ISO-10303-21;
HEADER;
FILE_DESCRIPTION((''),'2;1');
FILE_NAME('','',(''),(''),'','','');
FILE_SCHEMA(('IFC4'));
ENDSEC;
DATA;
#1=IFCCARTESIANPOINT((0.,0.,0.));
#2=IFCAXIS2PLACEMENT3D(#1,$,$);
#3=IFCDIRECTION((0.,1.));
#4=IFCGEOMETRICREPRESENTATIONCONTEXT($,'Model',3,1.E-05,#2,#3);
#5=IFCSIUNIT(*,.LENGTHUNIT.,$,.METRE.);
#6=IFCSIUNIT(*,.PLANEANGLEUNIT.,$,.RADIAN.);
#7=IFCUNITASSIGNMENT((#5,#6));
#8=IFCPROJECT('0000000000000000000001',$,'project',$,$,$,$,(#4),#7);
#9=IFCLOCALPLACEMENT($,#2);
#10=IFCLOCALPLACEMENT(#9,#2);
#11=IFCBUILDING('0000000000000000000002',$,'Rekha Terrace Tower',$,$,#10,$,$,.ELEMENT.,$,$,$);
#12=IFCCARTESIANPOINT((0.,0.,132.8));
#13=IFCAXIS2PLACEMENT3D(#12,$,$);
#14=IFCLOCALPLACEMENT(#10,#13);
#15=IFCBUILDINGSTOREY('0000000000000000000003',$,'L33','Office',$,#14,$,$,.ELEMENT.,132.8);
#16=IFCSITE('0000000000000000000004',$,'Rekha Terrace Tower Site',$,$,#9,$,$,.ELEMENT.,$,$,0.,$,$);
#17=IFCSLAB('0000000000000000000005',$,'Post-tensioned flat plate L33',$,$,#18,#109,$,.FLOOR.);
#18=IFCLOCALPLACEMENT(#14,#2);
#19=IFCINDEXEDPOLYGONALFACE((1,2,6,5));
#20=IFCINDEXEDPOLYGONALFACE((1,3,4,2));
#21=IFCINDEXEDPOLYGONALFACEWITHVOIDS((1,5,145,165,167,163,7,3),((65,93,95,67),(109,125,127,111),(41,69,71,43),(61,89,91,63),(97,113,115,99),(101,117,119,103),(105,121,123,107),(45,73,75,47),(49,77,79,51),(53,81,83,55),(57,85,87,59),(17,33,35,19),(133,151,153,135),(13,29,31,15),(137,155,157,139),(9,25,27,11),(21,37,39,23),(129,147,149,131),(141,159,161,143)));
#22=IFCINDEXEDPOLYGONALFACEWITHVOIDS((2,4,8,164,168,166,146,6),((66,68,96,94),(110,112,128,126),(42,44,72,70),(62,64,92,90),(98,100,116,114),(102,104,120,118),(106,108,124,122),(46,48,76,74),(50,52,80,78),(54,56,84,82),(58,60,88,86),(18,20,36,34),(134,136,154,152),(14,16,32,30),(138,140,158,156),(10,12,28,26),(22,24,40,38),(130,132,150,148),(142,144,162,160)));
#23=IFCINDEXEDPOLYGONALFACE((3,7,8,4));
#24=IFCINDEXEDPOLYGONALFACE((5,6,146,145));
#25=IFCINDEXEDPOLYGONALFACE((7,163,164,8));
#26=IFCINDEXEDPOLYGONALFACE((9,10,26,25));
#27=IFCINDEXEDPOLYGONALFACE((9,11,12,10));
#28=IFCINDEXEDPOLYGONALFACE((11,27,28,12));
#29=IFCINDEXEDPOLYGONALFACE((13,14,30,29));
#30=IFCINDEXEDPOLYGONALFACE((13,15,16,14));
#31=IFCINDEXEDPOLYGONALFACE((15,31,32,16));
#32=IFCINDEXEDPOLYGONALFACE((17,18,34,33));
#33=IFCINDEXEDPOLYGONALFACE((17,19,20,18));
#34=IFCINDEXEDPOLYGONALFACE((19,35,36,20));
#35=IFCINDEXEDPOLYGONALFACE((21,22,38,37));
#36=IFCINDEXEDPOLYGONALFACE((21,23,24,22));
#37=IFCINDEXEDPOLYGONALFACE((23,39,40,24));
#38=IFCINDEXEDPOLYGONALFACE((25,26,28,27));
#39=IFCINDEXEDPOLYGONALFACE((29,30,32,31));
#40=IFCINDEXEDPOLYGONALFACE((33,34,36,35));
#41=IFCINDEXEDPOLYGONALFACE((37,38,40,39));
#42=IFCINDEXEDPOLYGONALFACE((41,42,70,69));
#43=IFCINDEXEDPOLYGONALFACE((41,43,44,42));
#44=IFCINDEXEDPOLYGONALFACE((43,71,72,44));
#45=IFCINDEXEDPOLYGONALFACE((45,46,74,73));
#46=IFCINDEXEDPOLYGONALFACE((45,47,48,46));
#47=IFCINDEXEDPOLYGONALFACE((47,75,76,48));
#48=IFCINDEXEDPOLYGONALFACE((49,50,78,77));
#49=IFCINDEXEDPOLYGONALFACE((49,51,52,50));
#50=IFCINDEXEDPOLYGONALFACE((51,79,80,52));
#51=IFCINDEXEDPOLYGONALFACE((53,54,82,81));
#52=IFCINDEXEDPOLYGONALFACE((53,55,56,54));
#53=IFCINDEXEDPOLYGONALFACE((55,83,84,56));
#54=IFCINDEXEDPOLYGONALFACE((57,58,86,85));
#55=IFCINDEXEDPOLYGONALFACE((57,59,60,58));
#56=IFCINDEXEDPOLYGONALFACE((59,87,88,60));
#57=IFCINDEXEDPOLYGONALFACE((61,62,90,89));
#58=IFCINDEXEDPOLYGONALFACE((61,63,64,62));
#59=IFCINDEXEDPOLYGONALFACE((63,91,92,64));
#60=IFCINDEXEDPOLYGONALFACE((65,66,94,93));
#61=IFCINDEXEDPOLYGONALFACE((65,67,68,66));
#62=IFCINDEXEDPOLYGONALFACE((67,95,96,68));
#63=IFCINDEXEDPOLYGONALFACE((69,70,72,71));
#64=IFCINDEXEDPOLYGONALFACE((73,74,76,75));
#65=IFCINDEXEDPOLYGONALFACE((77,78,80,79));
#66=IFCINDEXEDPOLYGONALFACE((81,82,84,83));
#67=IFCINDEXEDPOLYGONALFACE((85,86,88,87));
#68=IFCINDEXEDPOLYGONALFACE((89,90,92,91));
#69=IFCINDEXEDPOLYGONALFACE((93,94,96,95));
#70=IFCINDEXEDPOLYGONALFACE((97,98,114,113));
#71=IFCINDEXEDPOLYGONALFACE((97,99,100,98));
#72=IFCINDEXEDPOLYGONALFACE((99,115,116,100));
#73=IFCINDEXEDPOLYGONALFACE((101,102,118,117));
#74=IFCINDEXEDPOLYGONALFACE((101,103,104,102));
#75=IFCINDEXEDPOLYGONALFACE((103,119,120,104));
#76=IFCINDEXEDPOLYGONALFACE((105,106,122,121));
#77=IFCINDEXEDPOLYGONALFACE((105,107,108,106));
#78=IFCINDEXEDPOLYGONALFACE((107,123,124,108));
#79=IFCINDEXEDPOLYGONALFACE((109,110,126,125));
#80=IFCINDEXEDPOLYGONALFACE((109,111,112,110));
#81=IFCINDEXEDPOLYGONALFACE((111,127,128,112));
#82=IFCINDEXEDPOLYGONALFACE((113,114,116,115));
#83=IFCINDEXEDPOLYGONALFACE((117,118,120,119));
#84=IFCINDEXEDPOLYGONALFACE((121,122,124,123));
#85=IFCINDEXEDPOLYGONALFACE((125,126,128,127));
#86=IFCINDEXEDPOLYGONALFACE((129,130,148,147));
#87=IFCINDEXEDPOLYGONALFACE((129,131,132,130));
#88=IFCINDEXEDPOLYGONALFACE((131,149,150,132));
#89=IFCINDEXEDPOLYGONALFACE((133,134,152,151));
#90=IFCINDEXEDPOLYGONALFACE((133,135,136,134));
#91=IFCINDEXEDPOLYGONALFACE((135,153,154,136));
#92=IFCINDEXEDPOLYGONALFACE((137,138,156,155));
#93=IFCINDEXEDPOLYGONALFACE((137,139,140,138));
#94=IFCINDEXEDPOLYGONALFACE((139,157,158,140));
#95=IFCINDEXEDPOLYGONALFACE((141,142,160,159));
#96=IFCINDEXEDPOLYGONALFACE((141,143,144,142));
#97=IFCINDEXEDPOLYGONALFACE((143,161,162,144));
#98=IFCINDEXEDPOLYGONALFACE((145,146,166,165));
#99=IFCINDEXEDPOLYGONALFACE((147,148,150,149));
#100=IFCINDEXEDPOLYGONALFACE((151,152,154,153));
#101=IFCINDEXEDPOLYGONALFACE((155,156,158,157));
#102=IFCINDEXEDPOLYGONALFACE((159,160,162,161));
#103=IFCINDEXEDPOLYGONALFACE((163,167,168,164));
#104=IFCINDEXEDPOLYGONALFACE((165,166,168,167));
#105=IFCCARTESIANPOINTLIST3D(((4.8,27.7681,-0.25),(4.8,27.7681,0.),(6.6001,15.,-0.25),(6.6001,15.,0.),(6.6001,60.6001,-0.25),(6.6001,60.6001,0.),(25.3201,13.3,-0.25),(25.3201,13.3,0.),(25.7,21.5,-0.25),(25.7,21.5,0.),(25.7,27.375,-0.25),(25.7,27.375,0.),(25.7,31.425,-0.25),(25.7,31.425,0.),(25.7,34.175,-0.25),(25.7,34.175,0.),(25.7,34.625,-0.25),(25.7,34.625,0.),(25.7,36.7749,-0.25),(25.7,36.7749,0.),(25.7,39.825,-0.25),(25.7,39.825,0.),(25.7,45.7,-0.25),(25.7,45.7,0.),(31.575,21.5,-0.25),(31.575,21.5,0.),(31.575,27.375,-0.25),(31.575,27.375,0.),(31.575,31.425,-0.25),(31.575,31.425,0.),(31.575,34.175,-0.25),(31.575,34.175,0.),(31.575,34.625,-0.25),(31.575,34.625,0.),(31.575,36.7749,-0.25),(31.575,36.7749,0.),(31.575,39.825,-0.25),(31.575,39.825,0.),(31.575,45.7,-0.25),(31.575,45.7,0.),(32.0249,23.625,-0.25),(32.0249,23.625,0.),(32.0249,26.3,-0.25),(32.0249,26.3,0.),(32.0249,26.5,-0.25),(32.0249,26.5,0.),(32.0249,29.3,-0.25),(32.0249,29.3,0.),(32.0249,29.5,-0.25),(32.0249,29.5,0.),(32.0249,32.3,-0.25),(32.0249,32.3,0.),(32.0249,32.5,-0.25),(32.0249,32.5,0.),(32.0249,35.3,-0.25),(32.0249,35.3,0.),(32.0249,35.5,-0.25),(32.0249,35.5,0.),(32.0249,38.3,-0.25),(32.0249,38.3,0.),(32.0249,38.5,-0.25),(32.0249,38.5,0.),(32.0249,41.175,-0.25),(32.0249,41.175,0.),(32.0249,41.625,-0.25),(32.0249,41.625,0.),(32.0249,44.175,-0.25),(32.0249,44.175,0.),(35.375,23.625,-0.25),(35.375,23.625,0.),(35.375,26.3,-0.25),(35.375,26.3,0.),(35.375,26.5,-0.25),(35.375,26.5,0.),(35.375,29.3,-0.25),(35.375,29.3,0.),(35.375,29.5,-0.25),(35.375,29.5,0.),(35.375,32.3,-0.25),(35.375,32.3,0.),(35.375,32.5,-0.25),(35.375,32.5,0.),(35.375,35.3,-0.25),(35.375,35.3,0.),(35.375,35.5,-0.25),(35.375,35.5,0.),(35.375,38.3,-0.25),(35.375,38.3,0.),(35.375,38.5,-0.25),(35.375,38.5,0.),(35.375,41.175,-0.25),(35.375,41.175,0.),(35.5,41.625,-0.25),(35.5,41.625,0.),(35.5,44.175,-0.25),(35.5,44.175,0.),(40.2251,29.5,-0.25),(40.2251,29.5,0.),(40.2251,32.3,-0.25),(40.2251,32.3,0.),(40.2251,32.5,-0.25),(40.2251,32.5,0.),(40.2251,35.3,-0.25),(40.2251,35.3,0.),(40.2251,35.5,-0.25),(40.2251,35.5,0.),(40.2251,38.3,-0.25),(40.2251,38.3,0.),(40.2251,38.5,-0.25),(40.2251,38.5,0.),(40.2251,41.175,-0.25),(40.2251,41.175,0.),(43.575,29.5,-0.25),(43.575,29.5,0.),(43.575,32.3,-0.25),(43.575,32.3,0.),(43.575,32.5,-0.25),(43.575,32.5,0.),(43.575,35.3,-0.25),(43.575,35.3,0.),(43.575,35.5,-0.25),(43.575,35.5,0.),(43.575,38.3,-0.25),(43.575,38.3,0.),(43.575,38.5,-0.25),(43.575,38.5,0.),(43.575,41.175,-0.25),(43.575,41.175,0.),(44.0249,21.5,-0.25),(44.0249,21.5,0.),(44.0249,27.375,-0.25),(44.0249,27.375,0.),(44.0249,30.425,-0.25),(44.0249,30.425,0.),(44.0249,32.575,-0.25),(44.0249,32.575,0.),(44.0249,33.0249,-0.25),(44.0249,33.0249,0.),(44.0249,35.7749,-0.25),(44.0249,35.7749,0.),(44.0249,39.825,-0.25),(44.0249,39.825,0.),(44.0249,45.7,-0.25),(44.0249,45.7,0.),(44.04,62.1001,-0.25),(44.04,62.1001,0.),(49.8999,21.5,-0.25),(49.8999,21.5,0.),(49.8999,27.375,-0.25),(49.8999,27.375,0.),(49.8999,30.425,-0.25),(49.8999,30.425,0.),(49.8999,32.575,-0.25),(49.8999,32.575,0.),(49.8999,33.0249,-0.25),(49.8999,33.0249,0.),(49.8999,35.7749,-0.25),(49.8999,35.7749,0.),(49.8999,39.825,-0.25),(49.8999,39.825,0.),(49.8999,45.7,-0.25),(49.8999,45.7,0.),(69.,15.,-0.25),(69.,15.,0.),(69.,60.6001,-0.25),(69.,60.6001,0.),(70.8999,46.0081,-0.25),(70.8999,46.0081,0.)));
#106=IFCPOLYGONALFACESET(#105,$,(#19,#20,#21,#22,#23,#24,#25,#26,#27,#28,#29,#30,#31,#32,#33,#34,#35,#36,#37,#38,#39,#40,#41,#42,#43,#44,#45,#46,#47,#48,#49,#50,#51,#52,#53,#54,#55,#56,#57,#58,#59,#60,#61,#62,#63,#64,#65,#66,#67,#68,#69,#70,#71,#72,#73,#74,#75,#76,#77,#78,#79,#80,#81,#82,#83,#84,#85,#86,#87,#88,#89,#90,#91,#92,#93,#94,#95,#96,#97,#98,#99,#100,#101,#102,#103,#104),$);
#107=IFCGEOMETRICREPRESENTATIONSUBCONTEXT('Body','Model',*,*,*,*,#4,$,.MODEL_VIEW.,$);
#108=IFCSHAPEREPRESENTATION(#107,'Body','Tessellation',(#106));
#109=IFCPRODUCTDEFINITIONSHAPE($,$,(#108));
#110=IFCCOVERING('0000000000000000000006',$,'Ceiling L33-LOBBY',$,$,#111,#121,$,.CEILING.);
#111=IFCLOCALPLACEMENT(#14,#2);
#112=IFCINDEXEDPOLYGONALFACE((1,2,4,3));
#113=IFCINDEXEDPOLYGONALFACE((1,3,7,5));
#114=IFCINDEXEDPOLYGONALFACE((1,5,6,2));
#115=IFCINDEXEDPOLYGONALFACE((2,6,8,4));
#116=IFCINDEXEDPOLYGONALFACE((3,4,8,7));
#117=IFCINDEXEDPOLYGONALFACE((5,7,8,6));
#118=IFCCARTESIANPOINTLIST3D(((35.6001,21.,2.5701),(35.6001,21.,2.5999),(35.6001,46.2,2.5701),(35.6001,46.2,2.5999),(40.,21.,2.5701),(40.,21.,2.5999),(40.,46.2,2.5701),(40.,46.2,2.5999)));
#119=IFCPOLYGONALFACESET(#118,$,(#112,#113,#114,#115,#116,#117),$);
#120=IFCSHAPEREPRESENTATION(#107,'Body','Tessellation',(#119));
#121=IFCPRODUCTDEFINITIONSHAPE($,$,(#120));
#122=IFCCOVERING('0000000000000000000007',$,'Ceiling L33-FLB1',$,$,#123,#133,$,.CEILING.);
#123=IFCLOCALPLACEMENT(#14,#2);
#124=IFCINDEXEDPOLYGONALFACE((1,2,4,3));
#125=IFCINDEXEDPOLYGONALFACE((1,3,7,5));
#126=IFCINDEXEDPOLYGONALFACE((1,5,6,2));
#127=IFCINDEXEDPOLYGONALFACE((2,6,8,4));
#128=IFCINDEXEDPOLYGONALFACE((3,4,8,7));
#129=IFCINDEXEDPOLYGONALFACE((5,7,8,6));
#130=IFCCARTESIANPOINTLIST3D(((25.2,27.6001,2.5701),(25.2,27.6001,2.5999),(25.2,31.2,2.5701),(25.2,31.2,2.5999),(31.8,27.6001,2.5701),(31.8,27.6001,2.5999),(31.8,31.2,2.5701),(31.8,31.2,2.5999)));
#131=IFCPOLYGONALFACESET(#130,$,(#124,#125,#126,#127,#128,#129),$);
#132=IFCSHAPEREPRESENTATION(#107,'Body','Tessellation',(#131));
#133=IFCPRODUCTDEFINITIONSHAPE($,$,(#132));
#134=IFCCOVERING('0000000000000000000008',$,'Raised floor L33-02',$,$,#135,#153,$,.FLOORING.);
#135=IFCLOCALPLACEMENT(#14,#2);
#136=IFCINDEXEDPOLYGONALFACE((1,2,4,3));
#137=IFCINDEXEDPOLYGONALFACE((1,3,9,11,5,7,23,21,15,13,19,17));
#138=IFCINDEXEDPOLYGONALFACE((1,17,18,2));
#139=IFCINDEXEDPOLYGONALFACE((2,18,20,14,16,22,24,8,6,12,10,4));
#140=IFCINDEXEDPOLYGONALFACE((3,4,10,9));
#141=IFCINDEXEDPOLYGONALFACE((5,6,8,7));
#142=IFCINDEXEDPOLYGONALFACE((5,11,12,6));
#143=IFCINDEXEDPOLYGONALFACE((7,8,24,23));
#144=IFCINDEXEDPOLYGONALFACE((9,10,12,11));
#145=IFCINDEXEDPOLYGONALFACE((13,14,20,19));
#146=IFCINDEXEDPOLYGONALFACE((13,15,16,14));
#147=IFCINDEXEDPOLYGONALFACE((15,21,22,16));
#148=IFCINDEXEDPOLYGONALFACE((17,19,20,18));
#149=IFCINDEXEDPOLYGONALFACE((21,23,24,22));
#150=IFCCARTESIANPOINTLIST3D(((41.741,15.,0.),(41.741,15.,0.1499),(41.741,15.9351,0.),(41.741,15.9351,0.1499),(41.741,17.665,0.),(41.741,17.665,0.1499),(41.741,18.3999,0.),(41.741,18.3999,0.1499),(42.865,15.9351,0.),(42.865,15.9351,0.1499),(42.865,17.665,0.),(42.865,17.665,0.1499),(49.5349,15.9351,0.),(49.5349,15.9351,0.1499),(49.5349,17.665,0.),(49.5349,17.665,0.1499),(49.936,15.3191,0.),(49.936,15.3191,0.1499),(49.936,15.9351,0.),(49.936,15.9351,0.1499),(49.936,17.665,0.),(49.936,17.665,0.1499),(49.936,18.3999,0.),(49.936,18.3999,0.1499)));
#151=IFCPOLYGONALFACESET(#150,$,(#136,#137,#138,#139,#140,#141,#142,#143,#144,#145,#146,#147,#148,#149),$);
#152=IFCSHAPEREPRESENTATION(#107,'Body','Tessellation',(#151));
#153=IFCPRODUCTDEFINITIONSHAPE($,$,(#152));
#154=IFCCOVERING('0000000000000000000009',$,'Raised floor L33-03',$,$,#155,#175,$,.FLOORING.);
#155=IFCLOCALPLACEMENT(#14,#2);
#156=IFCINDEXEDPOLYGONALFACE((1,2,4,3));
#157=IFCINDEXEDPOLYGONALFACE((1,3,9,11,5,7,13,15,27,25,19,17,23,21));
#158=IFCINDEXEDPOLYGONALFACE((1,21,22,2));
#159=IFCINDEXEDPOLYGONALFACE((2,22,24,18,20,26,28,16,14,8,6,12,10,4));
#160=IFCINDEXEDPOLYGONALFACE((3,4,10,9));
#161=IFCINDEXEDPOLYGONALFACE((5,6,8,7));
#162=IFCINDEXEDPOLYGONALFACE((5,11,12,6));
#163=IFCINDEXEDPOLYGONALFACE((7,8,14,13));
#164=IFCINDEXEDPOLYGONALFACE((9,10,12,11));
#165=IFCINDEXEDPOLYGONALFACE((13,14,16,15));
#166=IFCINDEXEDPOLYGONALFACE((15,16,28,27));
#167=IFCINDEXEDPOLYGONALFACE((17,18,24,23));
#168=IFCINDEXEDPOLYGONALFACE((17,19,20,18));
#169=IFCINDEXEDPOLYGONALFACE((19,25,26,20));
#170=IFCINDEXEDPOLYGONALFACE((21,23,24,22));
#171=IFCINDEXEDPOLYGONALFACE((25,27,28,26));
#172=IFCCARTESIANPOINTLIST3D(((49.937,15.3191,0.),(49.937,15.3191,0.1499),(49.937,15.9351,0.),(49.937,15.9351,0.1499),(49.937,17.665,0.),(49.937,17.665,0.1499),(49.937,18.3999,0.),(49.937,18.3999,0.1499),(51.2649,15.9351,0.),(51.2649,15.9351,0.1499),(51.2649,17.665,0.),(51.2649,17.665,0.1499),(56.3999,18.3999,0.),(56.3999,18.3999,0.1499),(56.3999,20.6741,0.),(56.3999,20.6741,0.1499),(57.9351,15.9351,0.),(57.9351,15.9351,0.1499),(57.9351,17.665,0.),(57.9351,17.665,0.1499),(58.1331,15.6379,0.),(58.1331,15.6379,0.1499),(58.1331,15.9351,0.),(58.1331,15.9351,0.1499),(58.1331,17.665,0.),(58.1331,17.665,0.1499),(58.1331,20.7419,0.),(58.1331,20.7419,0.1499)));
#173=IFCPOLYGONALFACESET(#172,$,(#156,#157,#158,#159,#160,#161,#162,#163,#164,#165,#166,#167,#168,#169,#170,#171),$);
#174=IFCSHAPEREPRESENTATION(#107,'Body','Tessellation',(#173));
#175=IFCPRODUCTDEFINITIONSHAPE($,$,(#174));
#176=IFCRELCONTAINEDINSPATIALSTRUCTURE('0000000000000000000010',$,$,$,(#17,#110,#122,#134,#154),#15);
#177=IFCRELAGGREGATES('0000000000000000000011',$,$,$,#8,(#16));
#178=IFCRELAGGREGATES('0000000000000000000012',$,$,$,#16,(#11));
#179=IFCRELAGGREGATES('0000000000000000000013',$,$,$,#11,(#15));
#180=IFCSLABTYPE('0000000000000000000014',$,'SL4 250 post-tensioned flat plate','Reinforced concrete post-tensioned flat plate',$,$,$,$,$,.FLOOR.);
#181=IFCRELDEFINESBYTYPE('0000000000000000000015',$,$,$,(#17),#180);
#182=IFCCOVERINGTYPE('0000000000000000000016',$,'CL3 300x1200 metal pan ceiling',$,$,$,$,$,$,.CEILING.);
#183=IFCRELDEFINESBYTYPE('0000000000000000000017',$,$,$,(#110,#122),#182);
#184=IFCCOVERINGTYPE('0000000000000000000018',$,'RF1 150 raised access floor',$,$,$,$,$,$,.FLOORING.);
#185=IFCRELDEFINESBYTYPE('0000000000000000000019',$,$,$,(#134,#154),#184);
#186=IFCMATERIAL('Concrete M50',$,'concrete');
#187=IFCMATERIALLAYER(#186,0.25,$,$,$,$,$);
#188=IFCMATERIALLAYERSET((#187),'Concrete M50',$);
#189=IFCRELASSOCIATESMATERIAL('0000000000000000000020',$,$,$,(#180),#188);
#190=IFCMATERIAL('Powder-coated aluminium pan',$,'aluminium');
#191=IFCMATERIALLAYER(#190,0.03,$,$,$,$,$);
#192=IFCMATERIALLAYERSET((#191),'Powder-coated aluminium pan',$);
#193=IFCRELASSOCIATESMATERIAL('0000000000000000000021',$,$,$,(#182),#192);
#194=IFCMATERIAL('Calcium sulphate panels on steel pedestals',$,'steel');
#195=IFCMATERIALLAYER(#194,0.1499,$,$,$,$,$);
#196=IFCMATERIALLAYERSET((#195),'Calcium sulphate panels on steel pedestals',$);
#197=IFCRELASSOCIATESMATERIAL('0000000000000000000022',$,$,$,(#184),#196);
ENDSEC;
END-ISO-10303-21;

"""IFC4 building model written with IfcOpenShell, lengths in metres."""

from ifc_helpers import new_model, si_unit, direction, frame, origin, place, context, subcontext, project, spatial, polyline, outline, extrude, material, layer, layer_set, type_object, element, save


model = new_model("IFC4")

# Units and contexts
model_context = context("Model", 3, precision=1e-05, world=origin(), true_north=direction((0.0, 1.0)))
body_context = subcontext(model_context, "Body", "Model", "MODEL_VIEW")
ifc_project = project(units=[si_unit("LENGTHUNIT", "METRE"), si_unit("PLANEANGLEUNIT", "RADIAN")], contexts=[model_context])

# Site, building, storey
site_placement = place(None, origin())
site = spatial("IfcSite", under=ifc_project, at=site_placement, Name="Rekha Terrace Tower Site", CompositionType="ELEMENT", RefElevation=0.0)
building_placement = place(site_placement, origin())
building = spatial("IfcBuilding", under=site, at=building_placement, Name="Rekha Terrace Tower", CompositionType="ELEMENT")
storey_placement = place(building_placement, frame((0.0, 0.0, 132.8)))
storey = spatial("IfcBuildingStorey", under=building, at=storey_placement, Name="L33", Description="Office", CompositionType="ELEMENT", Elevation=132.8)

# Slab
ifc_material_1 = material(Name="Concrete M50", Category="concrete")
ifc_layer_1 = layer(ifc_material_1, 0.25)
ifc_layer_set_1 = layer_set([ifc_layer_1], Name="Concrete M50")
slab_type_1 = type_object("IfcSlabType", Name="SL4 250 post-tensioned flat plate", Description="Reinforced concrete post-tensioned flat plate", PredefinedType="FLOOR", material=ifc_layer_set_1)
slab_1_placement = place(storey_placement, frame((0.0, 0.0, -0.25)))
element("IfcSlab", 1, at=slab_1_placement, inside=storey, type_object=slab_type_1, Name="Post-tensioned flat plate L33", PredefinedType="FLOOR", context=body_context, shape_type="SweptSolid", body=[
    extrude(outline(polyline([(4.8, 27.7681), (6.6001, 15.0), (25.3201, 13.3), (69.0, 15.0), (70.8999, 46.0081), (69.0, 60.6001), (44.04, 62.1001), (6.6001, 60.6001), (4.8, 27.7681)]), holes=[polyline([(31.575, 27.375), (31.575, 21.5), (25.7, 21.5), (25.7, 27.375), (31.575, 27.375)]), polyline([(35.375, 26.3), (35.375, 23.625), (32.0249, 23.625), (32.0249, 26.3), (35.375, 26.3)]), polyline([(35.375, 29.3), (35.375, 26.5), (32.0249, 26.5), (32.0249, 29.3), (35.375, 29.3)]), polyline([(35.375, 32.3), (35.375, 29.5), (32.0249, 29.5), (32.0249, 32.3), (35.375, 32.3)]), polyline([(31.575, 34.175), (31.575, 31.425), (25.7, 31.425), (25.7, 34.175), (31.575, 34.175)]), polyline([(35.375, 35.3), (35.375, 32.5), (32.0249, 32.5), (32.0249, 35.3), (35.375, 35.3)]), polyline([(31.575, 36.7749), (31.575, 34.625), (25.7, 34.625), (25.7, 36.7749), (31.575, 36.7749)]), polyline([(35.375, 35.5), (32.0249, 35.5), (32.0249, 38.3), (35.375, 38.3), (35.375, 35.5)]), polyline([(35.375, 38.5), (32.0249, 38.5), (32.0249, 41.175), (35.375, 41.175), (35.375, 38.5)]), polyline([(31.575, 45.7), (31.575, 39.825), (25.7, 39.825), (25.7, 45.7), (31.575, 45.7)]), polyline([(49.8999, 27.375), (49.8999, 21.5), (44.0249, 21.5), (44.0249, 27.375), (49.8999, 27.375)]), polyline([(43.575, 32.3), (43.575, 29.5), (40.2251, 29.5), (40.2251, 32.3), (43.575, 32.3)]), polyline([(49.8999, 30.425), (44.0249, 30.425), (44.0249, 32.575), (49.8999, 32.575), (49.8999, 30.425)]), polyline([(43.575, 32.5), (40.2251, 32.5), (40.2251, 35.3), (43.575, 35.3), (43.575, 32.5)]), polyline([(49.8999, 35.7749), (49.8999, 33.0249), (44.0249, 33.0249), (44.0249, 35.7749), (49.8999, 35.7749)]), polyline([(43.575, 38.3), (43.575, 35.5), (40.2251, 35.5), (40.2251, 38.3), (43.575, 38.3)]), polyline([(43.575, 41.175), (43.575, 38.5), (40.2251, 38.5), (40.2251, 41.175), (43.575, 41.175)]), polyline([(49.8999, 39.825), (44.0249, 39.825), (44.0249, 45.7), (49.8999, 45.7), (49.8999, 39.825)]), polyline([(35.5, 41.625), (32.0249, 41.625), (32.0249, 44.175), (35.5, 44.175), (35.5, 41.625)])]), origin(), (0.0, 0.0, 1.0), 0.25),
])

# Coverings
ifc_material_2 = material(Name="Powder-coated aluminium pan", Category="aluminium")
ifc_layer_2 = layer(ifc_material_2, 0.03)
ifc_layer_set_2 = layer_set([ifc_layer_2], Name="Powder-coated aluminium pan")
covering_type_1 = type_object("IfcCoveringType", Name="CL3 300x1200 metal pan ceiling", PredefinedType="CEILING", material=ifc_layer_set_2)
covering_1_placement = place(storey_placement, frame((0.0, 0.0, 2.5701)))
element("IfcCovering", 2, at=covering_1_placement, inside=storey, type_object=covering_type_1, Name="Ceiling L33-LOBBY", PredefinedType="CEILING", context=body_context, shape_type="SweptSolid", body=[
    extrude(outline(polyline([(40.0, 46.2), (35.6001, 46.2), (35.6001, 21.0), (40.0, 21.0), (40.0, 46.2)])), origin(), (0.0, 0.0, 1.0), 0.0298),
])
covering_2_placement = place(storey_placement, frame((0.0, 0.0, 2.5701)))
element("IfcCovering", 3, at=covering_2_placement, inside=storey, type_object=covering_type_1, Name="Ceiling L33-FLB1", PredefinedType="CEILING", context=body_context, shape_type="SweptSolid", body=[
    extrude(outline(polyline([(31.8, 31.2), (25.2, 31.2), (25.2, 27.6001), (31.8, 27.6001), (31.8, 31.2)])), origin(), (0.0, 0.0, 1.0), 0.0298),
])
ifc_material_3 = material(Name="Calcium sulphate panels on steel pedestals", Category="steel")
ifc_layer_3 = layer(ifc_material_3, 0.1499)
ifc_layer_set_3 = layer_set([ifc_layer_3], Name="Calcium sulphate panels on steel pedestals")
covering_type_2 = type_object("IfcCoveringType", Name="RF1 150 raised access floor", PredefinedType="FLOORING", material=ifc_layer_set_3)
covering_3_placement = place(storey_placement, origin())
element("IfcCovering", 4, at=covering_3_placement, inside=storey, type_object=covering_type_2, Name="Raised floor L33-02", PredefinedType="FLOORING", context=body_context, shape_type="SweptSolid", body=[
    extrude(outline(polyline([(49.936, 17.665), (49.936, 18.3999), (41.741, 18.3999), (41.741, 17.665), (42.865, 17.665), (42.865, 15.9351), (41.741, 15.9351), (41.741, 15.0), (49.936, 15.3191), (49.936, 15.9351), (49.5349, 15.9351), (49.5349, 17.665), (49.936, 17.665)])), origin(), (0.0, 0.0, 1.0), 0.1499),
])
covering_4_placement = place(storey_placement, origin())
element("IfcCovering", 5, at=covering_4_placement, inside=storey, type_object=covering_type_2, Name="Raised floor L33-03", PredefinedType="FLOORING", context=body_context, shape_type="SweptSolid", body=[
    extrude(outline(polyline([(56.3999, 20.6741), (56.3999, 18.3999), (49.937, 18.3999), (49.937, 17.665), (51.2649, 17.665), (51.2649, 15.9351), (49.937, 15.9351), (49.937, 15.3191), (58.1331, 15.6379), (58.1331, 15.9351), (57.9351, 15.9351), (57.9351, 17.665), (58.1331, 17.665), (58.1331, 20.7419), (56.3999, 20.6741)])), origin(), (0.0, 0.0, 1.0), 0.1499),
])

save(model, "model.ifc")
